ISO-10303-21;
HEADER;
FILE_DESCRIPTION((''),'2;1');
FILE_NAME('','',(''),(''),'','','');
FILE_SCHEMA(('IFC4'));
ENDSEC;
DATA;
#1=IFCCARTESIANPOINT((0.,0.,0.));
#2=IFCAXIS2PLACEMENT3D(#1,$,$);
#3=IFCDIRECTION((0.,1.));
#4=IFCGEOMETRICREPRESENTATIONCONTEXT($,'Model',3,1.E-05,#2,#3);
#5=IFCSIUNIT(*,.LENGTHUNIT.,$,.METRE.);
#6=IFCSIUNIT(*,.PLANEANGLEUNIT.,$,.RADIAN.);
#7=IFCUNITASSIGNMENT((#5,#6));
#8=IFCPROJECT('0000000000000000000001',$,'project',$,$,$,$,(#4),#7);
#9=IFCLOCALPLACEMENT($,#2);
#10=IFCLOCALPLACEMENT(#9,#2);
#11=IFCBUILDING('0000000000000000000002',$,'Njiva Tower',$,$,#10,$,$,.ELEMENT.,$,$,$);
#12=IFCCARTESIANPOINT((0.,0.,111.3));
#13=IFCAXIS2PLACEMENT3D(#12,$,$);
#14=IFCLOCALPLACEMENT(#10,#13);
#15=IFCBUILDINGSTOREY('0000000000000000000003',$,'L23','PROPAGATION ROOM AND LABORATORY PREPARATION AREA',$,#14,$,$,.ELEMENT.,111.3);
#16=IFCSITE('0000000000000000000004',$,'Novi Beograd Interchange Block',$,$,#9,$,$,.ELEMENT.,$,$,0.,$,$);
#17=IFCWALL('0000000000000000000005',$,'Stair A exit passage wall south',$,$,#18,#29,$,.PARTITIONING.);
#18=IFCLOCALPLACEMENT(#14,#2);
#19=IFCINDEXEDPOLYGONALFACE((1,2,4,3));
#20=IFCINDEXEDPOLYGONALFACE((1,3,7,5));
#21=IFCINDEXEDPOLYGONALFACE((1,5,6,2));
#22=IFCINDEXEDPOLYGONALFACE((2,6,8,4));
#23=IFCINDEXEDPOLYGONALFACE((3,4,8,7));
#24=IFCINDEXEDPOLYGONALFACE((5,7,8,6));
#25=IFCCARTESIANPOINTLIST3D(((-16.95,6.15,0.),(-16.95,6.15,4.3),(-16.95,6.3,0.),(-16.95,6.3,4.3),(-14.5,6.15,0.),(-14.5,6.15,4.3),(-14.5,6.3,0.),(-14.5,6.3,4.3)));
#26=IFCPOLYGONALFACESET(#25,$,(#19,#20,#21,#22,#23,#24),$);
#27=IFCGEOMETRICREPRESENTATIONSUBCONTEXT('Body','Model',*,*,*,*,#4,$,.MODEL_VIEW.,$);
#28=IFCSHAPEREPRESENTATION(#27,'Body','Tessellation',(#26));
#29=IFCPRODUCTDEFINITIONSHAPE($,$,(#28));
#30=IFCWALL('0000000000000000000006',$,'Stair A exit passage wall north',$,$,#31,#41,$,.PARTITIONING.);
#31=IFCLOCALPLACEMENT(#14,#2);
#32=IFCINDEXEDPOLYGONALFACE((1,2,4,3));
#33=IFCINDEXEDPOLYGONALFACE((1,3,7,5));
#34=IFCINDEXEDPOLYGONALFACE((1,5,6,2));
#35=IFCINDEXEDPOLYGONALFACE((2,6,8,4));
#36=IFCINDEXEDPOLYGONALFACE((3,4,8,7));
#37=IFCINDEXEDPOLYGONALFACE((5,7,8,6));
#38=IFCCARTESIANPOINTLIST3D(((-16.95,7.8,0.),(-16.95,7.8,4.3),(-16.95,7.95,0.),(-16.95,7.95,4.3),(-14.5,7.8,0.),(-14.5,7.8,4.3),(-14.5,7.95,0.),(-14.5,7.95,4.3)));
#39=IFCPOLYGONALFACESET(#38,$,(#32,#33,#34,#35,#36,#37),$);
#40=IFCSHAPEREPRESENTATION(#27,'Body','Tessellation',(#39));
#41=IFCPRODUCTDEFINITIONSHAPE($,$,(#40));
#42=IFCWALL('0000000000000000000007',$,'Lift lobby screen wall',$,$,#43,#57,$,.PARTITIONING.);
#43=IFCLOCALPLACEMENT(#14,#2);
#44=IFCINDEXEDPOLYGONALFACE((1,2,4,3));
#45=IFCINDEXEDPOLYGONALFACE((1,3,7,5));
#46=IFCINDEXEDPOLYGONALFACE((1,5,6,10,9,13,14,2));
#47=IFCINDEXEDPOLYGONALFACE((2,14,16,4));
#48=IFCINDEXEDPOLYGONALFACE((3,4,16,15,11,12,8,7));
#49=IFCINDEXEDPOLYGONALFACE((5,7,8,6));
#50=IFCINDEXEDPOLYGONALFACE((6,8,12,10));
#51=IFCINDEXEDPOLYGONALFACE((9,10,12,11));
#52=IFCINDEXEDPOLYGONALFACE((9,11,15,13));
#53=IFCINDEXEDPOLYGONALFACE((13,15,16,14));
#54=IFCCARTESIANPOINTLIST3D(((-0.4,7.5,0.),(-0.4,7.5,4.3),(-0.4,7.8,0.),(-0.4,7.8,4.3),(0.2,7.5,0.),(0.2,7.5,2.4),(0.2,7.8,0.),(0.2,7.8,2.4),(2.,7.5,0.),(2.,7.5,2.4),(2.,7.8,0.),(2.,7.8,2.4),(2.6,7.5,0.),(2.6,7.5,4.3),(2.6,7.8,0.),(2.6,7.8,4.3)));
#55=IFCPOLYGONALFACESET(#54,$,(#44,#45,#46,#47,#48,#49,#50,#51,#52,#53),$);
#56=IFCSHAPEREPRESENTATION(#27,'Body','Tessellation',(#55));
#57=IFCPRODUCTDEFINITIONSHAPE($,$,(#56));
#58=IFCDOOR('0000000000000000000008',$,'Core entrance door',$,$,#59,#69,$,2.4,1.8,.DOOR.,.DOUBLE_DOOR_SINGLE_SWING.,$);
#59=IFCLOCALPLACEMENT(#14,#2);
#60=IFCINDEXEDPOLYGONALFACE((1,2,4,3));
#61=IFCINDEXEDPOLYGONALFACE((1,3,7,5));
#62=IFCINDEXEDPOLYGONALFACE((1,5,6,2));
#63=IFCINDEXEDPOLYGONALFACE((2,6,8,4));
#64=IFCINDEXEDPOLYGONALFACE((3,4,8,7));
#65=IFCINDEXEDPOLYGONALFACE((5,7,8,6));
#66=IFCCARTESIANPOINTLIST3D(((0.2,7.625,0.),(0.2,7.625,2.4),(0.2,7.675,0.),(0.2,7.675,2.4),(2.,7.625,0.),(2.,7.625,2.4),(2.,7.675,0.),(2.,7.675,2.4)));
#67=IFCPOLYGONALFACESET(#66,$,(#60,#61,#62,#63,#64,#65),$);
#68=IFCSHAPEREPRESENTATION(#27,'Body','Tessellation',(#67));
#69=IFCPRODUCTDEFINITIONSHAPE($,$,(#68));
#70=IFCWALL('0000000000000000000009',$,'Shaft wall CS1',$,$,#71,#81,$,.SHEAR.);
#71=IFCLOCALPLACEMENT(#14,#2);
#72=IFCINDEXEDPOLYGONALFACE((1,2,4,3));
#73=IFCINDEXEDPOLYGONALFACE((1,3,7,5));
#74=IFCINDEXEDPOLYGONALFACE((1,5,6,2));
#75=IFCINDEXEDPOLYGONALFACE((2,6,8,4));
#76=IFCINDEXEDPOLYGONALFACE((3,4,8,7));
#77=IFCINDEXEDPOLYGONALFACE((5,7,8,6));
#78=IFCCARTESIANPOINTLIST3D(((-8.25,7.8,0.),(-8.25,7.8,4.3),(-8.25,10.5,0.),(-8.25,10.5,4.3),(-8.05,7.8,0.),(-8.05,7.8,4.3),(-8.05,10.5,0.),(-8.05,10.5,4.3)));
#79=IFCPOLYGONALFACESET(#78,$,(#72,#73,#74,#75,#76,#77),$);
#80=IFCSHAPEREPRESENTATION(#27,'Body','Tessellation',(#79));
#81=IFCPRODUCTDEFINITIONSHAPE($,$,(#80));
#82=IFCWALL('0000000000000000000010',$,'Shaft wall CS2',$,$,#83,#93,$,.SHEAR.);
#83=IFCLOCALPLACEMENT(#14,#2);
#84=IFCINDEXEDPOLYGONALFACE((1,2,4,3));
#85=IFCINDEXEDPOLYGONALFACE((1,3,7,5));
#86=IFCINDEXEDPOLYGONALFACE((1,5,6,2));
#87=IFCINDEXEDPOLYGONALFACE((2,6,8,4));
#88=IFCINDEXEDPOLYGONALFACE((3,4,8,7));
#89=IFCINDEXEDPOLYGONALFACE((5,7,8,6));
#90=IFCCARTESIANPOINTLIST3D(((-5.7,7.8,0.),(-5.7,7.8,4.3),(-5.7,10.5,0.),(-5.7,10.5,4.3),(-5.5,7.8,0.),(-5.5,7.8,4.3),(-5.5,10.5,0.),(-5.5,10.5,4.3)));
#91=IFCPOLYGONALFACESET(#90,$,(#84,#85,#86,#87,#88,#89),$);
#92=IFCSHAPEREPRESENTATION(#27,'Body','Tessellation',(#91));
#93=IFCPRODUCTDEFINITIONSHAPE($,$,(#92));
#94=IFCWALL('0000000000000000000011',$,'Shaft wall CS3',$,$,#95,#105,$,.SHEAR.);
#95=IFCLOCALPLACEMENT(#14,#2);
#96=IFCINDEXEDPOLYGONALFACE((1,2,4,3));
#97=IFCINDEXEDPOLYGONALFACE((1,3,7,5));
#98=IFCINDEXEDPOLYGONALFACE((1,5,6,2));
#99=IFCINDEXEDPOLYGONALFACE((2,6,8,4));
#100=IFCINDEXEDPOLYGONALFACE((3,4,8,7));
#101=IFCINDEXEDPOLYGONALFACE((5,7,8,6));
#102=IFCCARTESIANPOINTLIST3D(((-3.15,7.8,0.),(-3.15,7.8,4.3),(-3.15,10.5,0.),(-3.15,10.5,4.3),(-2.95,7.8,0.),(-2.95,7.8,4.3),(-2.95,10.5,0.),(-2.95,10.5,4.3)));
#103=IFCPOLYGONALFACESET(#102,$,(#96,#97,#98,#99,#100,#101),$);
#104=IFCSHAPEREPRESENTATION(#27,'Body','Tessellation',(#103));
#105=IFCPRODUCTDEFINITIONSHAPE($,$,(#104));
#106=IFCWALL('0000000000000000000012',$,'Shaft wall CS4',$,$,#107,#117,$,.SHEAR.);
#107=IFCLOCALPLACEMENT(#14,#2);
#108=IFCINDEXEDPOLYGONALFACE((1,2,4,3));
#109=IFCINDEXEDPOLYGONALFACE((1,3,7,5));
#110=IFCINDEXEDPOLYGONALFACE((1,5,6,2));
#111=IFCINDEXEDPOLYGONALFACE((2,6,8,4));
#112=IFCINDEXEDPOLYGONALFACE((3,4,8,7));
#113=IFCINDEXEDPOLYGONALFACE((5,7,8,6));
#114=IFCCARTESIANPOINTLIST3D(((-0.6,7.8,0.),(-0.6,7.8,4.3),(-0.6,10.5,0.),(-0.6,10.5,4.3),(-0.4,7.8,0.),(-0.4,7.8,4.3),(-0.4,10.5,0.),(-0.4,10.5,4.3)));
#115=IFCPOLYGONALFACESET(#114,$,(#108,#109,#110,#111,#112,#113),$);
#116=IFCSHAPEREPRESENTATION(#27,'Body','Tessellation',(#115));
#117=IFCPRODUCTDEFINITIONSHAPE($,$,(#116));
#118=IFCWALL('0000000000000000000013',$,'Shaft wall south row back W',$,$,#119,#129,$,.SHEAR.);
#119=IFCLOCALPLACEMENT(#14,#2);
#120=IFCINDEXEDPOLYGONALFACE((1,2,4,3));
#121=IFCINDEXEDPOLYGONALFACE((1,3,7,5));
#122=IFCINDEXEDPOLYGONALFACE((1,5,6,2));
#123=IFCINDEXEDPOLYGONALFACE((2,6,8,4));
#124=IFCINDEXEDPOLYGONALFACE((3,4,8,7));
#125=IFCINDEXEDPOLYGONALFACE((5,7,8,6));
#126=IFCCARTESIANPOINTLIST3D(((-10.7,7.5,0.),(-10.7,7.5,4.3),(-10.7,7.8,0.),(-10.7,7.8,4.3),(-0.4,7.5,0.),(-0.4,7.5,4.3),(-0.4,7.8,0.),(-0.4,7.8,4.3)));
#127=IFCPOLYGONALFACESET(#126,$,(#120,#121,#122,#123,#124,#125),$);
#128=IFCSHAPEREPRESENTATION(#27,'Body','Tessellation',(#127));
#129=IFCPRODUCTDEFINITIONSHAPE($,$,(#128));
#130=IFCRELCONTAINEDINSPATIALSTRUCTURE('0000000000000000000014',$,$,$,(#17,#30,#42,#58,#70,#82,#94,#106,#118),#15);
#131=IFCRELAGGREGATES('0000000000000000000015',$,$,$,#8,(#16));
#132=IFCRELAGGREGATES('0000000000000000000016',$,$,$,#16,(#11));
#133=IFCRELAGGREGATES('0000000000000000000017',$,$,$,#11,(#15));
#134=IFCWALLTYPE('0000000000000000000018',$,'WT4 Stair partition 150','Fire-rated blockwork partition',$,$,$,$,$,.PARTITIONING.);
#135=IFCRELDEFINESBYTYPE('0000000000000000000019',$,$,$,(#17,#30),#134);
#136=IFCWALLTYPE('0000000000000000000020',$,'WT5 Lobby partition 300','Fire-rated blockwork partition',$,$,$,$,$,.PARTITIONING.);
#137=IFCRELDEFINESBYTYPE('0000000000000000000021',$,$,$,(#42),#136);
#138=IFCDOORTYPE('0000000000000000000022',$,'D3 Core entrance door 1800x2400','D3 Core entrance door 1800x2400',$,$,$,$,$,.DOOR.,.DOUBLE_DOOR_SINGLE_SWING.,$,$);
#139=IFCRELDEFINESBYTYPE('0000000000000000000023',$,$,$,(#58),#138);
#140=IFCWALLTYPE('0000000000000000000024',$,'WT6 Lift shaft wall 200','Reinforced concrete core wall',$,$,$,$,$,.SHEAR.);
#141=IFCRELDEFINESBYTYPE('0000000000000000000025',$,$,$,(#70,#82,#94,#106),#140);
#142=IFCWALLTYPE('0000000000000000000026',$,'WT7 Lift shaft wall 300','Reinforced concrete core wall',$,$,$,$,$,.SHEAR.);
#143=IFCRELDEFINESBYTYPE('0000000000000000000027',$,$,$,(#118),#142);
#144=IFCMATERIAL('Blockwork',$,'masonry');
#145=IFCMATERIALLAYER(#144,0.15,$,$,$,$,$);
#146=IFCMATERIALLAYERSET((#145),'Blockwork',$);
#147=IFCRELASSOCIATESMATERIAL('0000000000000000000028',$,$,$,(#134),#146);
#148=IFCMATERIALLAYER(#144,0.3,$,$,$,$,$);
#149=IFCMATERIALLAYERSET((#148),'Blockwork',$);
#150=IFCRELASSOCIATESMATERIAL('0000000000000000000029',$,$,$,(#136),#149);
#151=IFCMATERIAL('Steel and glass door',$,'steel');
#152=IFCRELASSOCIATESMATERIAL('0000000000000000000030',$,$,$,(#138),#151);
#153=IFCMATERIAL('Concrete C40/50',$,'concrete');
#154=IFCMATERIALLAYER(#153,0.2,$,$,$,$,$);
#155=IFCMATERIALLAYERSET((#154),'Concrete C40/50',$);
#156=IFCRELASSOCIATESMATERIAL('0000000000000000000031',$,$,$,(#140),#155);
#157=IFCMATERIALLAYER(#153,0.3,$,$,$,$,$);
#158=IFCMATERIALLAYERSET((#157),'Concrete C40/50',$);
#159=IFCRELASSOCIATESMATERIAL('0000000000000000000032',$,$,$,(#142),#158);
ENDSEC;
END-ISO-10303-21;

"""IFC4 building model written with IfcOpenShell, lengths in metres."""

from ifc_helpers import new_model, si_unit, direction, frame, frame_2d, origin, place, context, subcontext, project, spatial, rectangle, extrude, material, layer, layer_set, type_object, element, fill, save


model = new_model("IFC4")

# Units and contexts
model_context = context("Model", 3, precision=1e-05, world=origin(), true_north=direction((0.0, 1.0)))
body_context = subcontext(model_context, "Body", "Model", "MODEL_VIEW")
ifc_project = project(units=[si_unit("LENGTHUNIT", "METRE"), si_unit("PLANEANGLEUNIT", "RADIAN")], contexts=[model_context])

# Site, building, storey
site_placement = place(None, origin())
site = spatial("IfcSite", under=ifc_project, at=site_placement, Name="Novi Beograd Interchange Block", CompositionType="ELEMENT", RefElevation=0.0)
building_placement = place(site_placement, origin())
building = spatial("IfcBuilding", under=site, at=building_placement, Name="Njiva Tower", CompositionType="ELEMENT")
storey_placement = place(building_placement, frame((0.0, 0.0, 111.3)))
storey = spatial("IfcBuildingStorey", under=building, at=storey_placement, Name="L23", Description="PROPAGATION ROOM AND LABORATORY PREPARATION AREA", CompositionType="ELEMENT", Elevation=111.3)

# Shared definitions
ifc_material_1 = material(Name="Blockwork", Category="masonry")

# Shared definitions
ifc_material_2 = material(Name="Concrete C40/50", Category="concrete")

# Walls
ifc_layer_1 = layer(ifc_material_1, 0.15)
ifc_layer_set_1 = layer_set([ifc_layer_1], Name="Blockwork")
wall_type_1 = type_object("IfcWallType", Name="WT4 Stair partition 150", Description="Fire-rated blockwork partition", PredefinedType="PARTITIONING", material=ifc_layer_set_1)
for number, where, z_axis, x_axis, name in (
    (1, (-16.95, 6.225, 0.0), (0.0, 0.0, 1.0), (1.0, 0.0, 0.0), "Stair A exit passage wall south"),
    (2, (-16.95, 7.875, 0.0), (0.0, 0.0, 1.0), (1.0, 0.0, 0.0), "Stair A exit passage wall north"),
):
    element("IfcWall", number, at=place(storey_placement, frame(where, z_axis=z_axis, x_axis=x_axis)), inside=storey, type_object=wall_type_1, Name=name, PredefinedType="PARTITIONING", context=body_context, shape_type="SweptSolid", body=[
        extrude(rectangle(XDim=2.45, YDim=0.15, at=frame_2d((1.225, 0.0))), origin(), (0.0, 0.0, 1.0), 4.3),
    ])

# Wall, opening, door
ifc_layer_2 = layer(ifc_material_1, 0.3)
ifc_layer_set_2 = layer_set([ifc_layer_2], Name="Blockwork")
wall_type_2 = type_object("IfcWallType", Name="WT5 Lobby partition 300", Description="Fire-rated blockwork partition", PredefinedType="PARTITIONING", material=ifc_layer_set_2)
wall_1_placement = place(storey_placement, frame((-0.4, 7.65, 0.0), z_axis=(0.0, 0.0, 1.0), x_axis=(1.0, 0.0, 0.0)))
wall_1 = element("IfcWall", 3, at=wall_1_placement, inside=storey, type_object=wall_type_2, Name="Lift lobby screen wall", PredefinedType="PARTITIONING", context=body_context, shape_type="SweptSolid", body=[
    extrude(rectangle(XDim=3.0, YDim=0.3, at=frame_2d((1.5, 0.0))), origin(), (0.0, 0.0, 1.0), 4.3),
])
opening_1_placement = place(wall_1_placement, frame((0.6, 0.0, 0.0)))
opening_1 = element("IfcOpeningElement", 4, at=opening_1_placement, cuts=wall_1, PredefinedType="OPENING", context=body_context, shape_type="SweptSolid", body=[
    extrude(rectangle(XDim=1.8, YDim=2.4, at=frame_2d((0.9, 1.2))), frame((0.0, 0.16, 0.0), z_axis=(0.0, -1.0, 0.0), x_axis=(1.0, 0.0, 0.0)), (0.0, 0.0, 1.0), 0.32),
])
ifc_material_3 = material(Name="Steel and glass door", Category="steel")
door_type_1 = type_object("IfcDoorType", Name="D3 Core entrance door 1800x2400", Description="D3 Core entrance door 1800x2400", OperationType="DOUBLE_DOOR_SINGLE_SWING", PredefinedType="DOOR", material=ifc_material_3)
door_1_placement = place(opening_1_placement, origin())
door_1 = element("IfcDoor", 5, at=door_1_placement, inside=storey, type_object=door_type_1, Name="Core entrance door", OperationType="DOUBLE_DOOR_SINGLE_SWING", OverallHeight=2.4, OverallWidth=1.8, PredefinedType="DOOR", context=body_context, shape_type="SweptSolid", body=[
    extrude(rectangle(XDim=1.8, YDim=2.4, at=frame_2d((0.9, 1.2))), frame((0.0, 0.025, 0.0), z_axis=(0.0, -1.0, 0.0), x_axis=(1.0, 0.0, 0.0)), (0.0, 0.0, 1.0), 0.05),
])
fill(opening_1, door_1)

# Walls
ifc_layer_3 = layer(ifc_material_2, 0.2)
ifc_layer_set_3 = layer_set([ifc_layer_3], Name="Concrete C40/50")
wall_type_3 = type_object("IfcWallType", Name="WT6 Lift shaft wall 200", Description="Reinforced concrete core wall", PredefinedType="SHEAR", material=ifc_layer_set_3)
for number, where, z_axis, x_axis, name in (
    (6, (-8.15, 7.8, 0.0), (0.0, 0.0, 1.0), (0.0, 1.0, 0.0), "Shaft wall CS1"),
    (7, (-5.6, 7.8, 0.0), (0.0, 0.0, 1.0), (0.0, 1.0, 0.0), "Shaft wall CS2"),
    (8, (-3.05, 7.8, 0.0), (0.0, 0.0, 1.0), (0.0, 1.0, 0.0), "Shaft wall CS3"),
    (9, (-0.5, 7.8, 0.0), (0.0, 0.0, 1.0), (0.0, 1.0, 0.0), "Shaft wall CS4"),
):
    element("IfcWall", number, at=place(storey_placement, frame(where, z_axis=z_axis, x_axis=x_axis)), inside=storey, type_object=wall_type_3, Name=name, PredefinedType="SHEAR", context=body_context, shape_type="SweptSolid", body=[
        extrude(rectangle(XDim=2.7, YDim=0.2, at=frame_2d((1.35, 0.0))), origin(), (0.0, 0.0, 1.0), 4.3),
    ])
ifc_layer_4 = layer(ifc_material_2, 0.3)
ifc_layer_set_4 = layer_set([ifc_layer_4], Name="Concrete C40/50")
wall_type_4 = type_object("IfcWallType", Name="WT7 Lift shaft wall 300", Description="Reinforced concrete core wall", PredefinedType="SHEAR", material=ifc_layer_set_4)
wall_2_placement = place(storey_placement, frame((-10.7, 7.65, 0.0), z_axis=(0.0, 0.0, 1.0), x_axis=(1.0, 0.0, 0.0)))
element("IfcWall", 10, at=wall_2_placement, inside=storey, type_object=wall_type_4, Name="Shaft wall south row back W", PredefinedType="SHEAR", context=body_context, shape_type="SweptSolid", body=[
    extrude(rectangle(XDim=10.3, YDim=0.3, at=frame_2d((5.15, 0.0))), origin(), (0.0, 0.0, 1.0), 4.3),
])

save(model, "model.ifc")
